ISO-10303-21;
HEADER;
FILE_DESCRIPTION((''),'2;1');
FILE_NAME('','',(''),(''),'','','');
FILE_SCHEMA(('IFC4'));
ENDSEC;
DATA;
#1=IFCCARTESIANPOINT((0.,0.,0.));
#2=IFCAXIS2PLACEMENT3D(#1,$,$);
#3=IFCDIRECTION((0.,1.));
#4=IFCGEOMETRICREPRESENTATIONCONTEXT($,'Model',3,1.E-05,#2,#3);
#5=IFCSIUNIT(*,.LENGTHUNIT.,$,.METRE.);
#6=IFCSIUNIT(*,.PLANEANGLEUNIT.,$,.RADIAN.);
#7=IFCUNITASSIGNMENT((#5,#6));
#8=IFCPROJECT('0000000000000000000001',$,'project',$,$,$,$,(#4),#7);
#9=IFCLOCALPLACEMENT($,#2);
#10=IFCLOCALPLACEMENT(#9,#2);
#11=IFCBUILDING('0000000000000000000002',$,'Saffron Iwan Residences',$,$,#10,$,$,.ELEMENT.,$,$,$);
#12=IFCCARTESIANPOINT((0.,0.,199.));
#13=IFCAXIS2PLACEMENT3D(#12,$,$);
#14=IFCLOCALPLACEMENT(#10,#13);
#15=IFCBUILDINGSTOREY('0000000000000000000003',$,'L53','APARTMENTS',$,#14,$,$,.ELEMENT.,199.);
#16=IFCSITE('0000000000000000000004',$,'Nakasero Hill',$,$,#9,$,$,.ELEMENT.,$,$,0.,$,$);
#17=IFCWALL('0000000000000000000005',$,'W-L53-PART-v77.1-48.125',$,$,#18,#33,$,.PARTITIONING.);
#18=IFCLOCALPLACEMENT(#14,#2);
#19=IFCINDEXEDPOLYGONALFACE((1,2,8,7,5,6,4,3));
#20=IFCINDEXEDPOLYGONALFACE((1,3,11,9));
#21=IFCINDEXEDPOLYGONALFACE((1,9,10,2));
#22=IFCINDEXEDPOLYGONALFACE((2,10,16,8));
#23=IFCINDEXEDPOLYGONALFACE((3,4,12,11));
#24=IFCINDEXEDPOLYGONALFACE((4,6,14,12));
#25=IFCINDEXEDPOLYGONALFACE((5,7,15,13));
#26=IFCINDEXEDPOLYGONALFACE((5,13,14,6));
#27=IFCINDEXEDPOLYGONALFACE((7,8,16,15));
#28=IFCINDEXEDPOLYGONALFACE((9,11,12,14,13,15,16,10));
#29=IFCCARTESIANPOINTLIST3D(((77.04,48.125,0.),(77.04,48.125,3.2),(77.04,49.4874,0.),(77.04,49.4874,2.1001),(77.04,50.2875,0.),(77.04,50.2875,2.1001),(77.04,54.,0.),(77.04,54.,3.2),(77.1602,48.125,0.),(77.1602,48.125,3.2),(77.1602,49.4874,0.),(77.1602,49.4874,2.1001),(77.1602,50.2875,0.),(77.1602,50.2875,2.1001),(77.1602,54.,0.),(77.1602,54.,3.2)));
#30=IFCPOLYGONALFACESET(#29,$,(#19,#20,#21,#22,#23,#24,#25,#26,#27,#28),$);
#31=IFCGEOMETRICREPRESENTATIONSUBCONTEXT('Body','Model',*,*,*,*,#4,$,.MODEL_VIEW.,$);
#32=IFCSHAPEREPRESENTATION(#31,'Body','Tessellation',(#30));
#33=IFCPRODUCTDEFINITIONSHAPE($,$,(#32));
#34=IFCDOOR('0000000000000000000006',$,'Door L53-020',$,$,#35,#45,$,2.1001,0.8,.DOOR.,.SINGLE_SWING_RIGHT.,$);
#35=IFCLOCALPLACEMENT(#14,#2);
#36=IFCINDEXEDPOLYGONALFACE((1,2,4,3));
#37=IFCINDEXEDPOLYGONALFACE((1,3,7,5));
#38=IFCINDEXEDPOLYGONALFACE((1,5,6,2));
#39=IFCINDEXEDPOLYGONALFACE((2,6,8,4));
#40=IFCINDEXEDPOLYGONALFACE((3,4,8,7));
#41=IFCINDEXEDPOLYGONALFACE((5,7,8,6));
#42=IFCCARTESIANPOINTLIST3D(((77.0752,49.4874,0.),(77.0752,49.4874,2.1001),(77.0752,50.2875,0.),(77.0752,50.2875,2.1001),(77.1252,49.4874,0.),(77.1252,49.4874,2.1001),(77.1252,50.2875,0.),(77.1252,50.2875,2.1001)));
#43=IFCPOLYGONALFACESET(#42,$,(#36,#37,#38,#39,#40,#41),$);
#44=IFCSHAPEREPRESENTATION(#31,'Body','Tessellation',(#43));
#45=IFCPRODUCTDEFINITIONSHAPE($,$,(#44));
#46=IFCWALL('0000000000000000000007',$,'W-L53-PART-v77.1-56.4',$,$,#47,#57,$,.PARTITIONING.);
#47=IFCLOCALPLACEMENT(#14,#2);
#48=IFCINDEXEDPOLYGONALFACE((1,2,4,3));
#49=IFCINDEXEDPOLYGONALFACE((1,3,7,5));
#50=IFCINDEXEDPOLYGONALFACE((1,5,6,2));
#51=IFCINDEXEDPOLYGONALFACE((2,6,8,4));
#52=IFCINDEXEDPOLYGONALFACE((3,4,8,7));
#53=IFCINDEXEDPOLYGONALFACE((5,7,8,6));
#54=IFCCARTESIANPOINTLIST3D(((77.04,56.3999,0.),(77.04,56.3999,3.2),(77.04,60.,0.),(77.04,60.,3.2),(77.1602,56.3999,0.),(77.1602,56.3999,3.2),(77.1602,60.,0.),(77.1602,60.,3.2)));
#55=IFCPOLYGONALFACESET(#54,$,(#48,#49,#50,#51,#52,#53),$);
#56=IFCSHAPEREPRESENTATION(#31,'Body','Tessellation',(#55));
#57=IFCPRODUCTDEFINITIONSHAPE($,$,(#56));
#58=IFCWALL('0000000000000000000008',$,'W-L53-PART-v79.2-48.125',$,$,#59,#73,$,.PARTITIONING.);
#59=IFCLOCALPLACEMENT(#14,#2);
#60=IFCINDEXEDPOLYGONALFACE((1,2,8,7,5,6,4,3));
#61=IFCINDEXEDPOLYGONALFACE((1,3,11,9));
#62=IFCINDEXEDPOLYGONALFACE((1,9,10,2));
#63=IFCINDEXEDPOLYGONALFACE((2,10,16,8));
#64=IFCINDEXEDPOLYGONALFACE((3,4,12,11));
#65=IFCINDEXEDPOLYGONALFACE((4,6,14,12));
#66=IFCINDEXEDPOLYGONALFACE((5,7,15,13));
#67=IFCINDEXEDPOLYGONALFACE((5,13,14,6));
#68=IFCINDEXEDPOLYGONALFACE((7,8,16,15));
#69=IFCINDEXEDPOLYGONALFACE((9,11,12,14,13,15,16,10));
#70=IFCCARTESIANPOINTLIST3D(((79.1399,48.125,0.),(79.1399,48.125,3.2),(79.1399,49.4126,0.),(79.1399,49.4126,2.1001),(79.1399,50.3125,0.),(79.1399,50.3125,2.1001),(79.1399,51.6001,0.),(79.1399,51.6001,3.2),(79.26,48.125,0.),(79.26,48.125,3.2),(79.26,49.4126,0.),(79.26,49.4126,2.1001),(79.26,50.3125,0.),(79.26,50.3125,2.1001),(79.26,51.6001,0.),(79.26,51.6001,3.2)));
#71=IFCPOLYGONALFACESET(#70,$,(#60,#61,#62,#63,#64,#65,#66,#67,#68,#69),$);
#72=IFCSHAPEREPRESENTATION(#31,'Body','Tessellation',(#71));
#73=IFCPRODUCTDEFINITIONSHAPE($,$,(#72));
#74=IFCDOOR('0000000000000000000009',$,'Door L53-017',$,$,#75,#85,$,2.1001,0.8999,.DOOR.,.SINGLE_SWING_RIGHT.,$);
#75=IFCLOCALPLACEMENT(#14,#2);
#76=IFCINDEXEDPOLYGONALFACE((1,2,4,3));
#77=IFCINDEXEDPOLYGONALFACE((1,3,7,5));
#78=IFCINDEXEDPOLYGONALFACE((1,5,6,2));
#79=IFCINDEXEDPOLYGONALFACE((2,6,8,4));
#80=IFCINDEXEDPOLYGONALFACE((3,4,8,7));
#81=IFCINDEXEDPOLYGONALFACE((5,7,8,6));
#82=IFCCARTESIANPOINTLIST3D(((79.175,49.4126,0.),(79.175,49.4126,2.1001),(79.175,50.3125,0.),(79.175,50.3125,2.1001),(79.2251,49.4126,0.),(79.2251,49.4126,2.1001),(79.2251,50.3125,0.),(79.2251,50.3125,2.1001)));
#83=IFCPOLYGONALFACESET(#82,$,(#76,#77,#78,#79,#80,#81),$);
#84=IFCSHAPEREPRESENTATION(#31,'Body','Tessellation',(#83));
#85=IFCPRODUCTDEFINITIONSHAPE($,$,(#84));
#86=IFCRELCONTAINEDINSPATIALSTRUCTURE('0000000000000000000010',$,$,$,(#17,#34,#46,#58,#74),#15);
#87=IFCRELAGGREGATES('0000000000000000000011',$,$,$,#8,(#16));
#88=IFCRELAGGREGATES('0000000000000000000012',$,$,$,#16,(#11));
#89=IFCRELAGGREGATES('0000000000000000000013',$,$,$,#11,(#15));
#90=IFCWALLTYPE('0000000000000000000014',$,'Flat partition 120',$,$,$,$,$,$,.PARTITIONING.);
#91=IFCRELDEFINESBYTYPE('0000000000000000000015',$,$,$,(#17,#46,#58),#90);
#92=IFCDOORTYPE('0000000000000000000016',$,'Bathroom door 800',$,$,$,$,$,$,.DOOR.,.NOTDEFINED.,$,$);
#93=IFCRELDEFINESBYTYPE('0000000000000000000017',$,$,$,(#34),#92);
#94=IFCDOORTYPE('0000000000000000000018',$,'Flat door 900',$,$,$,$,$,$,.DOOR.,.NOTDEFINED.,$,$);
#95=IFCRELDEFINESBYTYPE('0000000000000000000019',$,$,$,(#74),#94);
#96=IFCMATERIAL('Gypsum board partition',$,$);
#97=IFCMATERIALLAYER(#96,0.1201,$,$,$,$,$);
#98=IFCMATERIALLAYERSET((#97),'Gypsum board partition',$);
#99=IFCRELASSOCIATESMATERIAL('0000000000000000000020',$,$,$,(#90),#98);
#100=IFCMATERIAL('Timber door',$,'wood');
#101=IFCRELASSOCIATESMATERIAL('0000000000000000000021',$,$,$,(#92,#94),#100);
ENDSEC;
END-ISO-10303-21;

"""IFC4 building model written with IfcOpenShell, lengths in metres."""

from ifc_helpers import new_model, si_unit, direction, frame, frame_2d, origin, place, context, subcontext, project, spatial, rectangle, extrude, material, layer, layer_set, type_object, element, fill, save


model = new_model("IFC4")

# Units and contexts
model_context = context("Model", 3, precision=1e-05, world=origin(), true_north=direction((0.0, 1.0)))
body_context = subcontext(model_context, "Body", "Model", "MODEL_VIEW")
ifc_project = project(units=[si_unit("LENGTHUNIT", "METRE"), si_unit("PLANEANGLEUNIT", "RADIAN")], contexts=[model_context])

# Site, building, storey
site_placement = place(None, origin())
site = spatial("IfcSite", under=ifc_project, at=site_placement, Name="Nakasero Hill", CompositionType="ELEMENT", RefElevation=0.0)
building_placement = place(site_placement, origin())
building = spatial("IfcBuilding", under=site, at=building_placement, Name="Saffron Iwan Residences", CompositionType="ELEMENT")
storey_placement = place(building_placement, frame((0.0, 0.0, 199.0)))
storey = spatial("IfcBuildingStorey", under=building, at=storey_placement, Name="L53", Description="APARTMENTS", CompositionType="ELEMENT", Elevation=199.0)

# Shared definitions
ifc_material_1 = material(Name="Gypsum board partition")
ifc_layer_1 = layer(ifc_material_1, 0.1201)
ifc_layer_set_1 = layer_set([ifc_layer_1], Name="Gypsum board partition")
wall_type_1 = type_object("IfcWallType", Name="Flat partition 120", PredefinedType="PARTITIONING", material=ifc_layer_set_1)

# Shared definitions
ifc_material_2 = material(Name="Timber door", Category="wood")
door_type_1 = type_object("IfcDoorType", Name="Bathroom door 800", OperationType="NOTDEFINED", PredefinedType="DOOR", material=ifc_material_2)
door_type_2 = type_object("IfcDoorType", Name="Flat door 900", OperationType="NOTDEFINED", PredefinedType="DOOR", material=ifc_material_2)

# Wall, opening, door
wall_1_placement = place(storey_placement, frame((77.1001, 48.125, 0.0), z_axis=(0.0, 0.0, 1.0), x_axis=(0.0, 1.0, 0.0)))
wall_1 = element("IfcWall", 1, at=wall_1_placement, inside=storey, type_object=wall_type_1, Name="W-L53-PART-v77.1-48.125", PredefinedType="PARTITIONING", context=body_context, shape_type="SweptSolid", body=[
    extrude(rectangle(XDim=5.875, YDim=0.1201, at=frame_2d((2.9375, 0.0))), origin(), (0.0, 0.0, 1.0), 3.2),
])
opening_1_placement = place(wall_1_placement, frame((1.3625, 0.0, 0.0)))
opening_1 = element("IfcOpeningElement", 2, at=opening_1_placement, cuts=wall_1, PredefinedType="OPENING", context=body_context, shape_type="SweptSolid", body=[
    extrude(rectangle(XDim=0.8, YDim=2.1001, at=frame_2d((0.3999, 1.05))), frame((0.0, 0.0701, 0.0), z_axis=(0.0, -1.0, 0.0), x_axis=(1.0, 0.0, 0.0)), (0.0, 0.0, 1.0), 0.1401),
])
door_1_placement = place(opening_1_placement, origin())
door_1 = element("IfcDoor", 3, at=door_1_placement, inside=storey, type_object=door_type_1, Name="Door L53-020", OperationType="SINGLE_SWING_RIGHT", OverallHeight=2.1001, OverallWidth=0.8, PredefinedType="DOOR", context=body_context, shape_type="SweptSolid", body=[
    extrude(rectangle(XDim=0.8, YDim=2.1001, at=frame_2d((0.3999, 1.05))), frame((0.0, 0.0249, 0.0), z_axis=(0.0, -1.0, 0.0), x_axis=(1.0, 0.0, 0.0)), (0.0, 0.0, 1.0), 0.05),
])
fill(opening_1, door_1)

# Wall
wall_2_placement = place(storey_placement, frame((77.1001, 56.3999, 0.0), z_axis=(0.0, 0.0, 1.0), x_axis=(0.0, 1.0, 0.0)))
element("IfcWall", 4, at=wall_2_placement, inside=storey, type_object=wall_type_1, Name="W-L53-PART-v77.1-56.4", PredefinedType="PARTITIONING", context=body_context, shape_type="SweptSolid", body=[
    extrude(rectangle(XDim=3.6001, YDim=0.1201, at=frame_2d((1.8, 0.0))), origin(), (0.0, 0.0, 1.0), 3.2),
])

# Wall, opening, door
wall_3_placement = place(storey_placement, frame((79.2, 48.125, 0.0), z_axis=(0.0, 0.0, 1.0), x_axis=(0.0, 1.0, 0.0)))
wall_3 = element("IfcWall", 5, at=wall_3_placement, inside=storey, type_object=wall_type_1, Name="W-L53-PART-v79.2-48.125", PredefinedType="PARTITIONING", context=body_context, shape_type="SweptSolid", body=[
    extrude(rectangle(XDim=3.4751, YDim=0.1201, at=frame_2d((1.7375, 0.0))), origin(), (0.0, 0.0, 1.0), 3.2),
])
opening_2_placement = place(wall_3_placement, frame((1.2876, 0.0, 0.0)))
opening_2 = element("IfcOpeningElement", 6, at=opening_2_placement, cuts=wall_3, PredefinedType="OPENING", context=body_context, shape_type="SweptSolid", body=[
    extrude(rectangle(XDim=0.8999, YDim=2.1001, at=frame_2d((0.45, 1.05))), frame((0.0, 0.0701, 0.0), z_axis=(0.0, -1.0, 0.0), x_axis=(1.0, 0.0, 0.0)), (0.0, 0.0, 1.0), 0.1401),
])
door_2_placement = place(opening_2_placement, origin())
door_2 = element("IfcDoor", 7, at=door_2_placement, inside=storey, type_object=door_type_2, Name="Door L53-017", OperationType="SINGLE_SWING_RIGHT", OverallHeight=2.1001, OverallWidth=0.8999, PredefinedType="DOOR", context=body_context, shape_type="SweptSolid", body=[
    extrude(rectangle(XDim=0.8999, YDim=2.1001, at=frame_2d((0.45, 1.05))), frame((0.0, 0.0249, 0.0), z_axis=(0.0, -1.0, 0.0), x_axis=(1.0, 0.0, 0.0)), (0.0, 0.0, 1.0), 0.05),
])
fill(opening_2, door_2)

save(model, "model.ifc")
